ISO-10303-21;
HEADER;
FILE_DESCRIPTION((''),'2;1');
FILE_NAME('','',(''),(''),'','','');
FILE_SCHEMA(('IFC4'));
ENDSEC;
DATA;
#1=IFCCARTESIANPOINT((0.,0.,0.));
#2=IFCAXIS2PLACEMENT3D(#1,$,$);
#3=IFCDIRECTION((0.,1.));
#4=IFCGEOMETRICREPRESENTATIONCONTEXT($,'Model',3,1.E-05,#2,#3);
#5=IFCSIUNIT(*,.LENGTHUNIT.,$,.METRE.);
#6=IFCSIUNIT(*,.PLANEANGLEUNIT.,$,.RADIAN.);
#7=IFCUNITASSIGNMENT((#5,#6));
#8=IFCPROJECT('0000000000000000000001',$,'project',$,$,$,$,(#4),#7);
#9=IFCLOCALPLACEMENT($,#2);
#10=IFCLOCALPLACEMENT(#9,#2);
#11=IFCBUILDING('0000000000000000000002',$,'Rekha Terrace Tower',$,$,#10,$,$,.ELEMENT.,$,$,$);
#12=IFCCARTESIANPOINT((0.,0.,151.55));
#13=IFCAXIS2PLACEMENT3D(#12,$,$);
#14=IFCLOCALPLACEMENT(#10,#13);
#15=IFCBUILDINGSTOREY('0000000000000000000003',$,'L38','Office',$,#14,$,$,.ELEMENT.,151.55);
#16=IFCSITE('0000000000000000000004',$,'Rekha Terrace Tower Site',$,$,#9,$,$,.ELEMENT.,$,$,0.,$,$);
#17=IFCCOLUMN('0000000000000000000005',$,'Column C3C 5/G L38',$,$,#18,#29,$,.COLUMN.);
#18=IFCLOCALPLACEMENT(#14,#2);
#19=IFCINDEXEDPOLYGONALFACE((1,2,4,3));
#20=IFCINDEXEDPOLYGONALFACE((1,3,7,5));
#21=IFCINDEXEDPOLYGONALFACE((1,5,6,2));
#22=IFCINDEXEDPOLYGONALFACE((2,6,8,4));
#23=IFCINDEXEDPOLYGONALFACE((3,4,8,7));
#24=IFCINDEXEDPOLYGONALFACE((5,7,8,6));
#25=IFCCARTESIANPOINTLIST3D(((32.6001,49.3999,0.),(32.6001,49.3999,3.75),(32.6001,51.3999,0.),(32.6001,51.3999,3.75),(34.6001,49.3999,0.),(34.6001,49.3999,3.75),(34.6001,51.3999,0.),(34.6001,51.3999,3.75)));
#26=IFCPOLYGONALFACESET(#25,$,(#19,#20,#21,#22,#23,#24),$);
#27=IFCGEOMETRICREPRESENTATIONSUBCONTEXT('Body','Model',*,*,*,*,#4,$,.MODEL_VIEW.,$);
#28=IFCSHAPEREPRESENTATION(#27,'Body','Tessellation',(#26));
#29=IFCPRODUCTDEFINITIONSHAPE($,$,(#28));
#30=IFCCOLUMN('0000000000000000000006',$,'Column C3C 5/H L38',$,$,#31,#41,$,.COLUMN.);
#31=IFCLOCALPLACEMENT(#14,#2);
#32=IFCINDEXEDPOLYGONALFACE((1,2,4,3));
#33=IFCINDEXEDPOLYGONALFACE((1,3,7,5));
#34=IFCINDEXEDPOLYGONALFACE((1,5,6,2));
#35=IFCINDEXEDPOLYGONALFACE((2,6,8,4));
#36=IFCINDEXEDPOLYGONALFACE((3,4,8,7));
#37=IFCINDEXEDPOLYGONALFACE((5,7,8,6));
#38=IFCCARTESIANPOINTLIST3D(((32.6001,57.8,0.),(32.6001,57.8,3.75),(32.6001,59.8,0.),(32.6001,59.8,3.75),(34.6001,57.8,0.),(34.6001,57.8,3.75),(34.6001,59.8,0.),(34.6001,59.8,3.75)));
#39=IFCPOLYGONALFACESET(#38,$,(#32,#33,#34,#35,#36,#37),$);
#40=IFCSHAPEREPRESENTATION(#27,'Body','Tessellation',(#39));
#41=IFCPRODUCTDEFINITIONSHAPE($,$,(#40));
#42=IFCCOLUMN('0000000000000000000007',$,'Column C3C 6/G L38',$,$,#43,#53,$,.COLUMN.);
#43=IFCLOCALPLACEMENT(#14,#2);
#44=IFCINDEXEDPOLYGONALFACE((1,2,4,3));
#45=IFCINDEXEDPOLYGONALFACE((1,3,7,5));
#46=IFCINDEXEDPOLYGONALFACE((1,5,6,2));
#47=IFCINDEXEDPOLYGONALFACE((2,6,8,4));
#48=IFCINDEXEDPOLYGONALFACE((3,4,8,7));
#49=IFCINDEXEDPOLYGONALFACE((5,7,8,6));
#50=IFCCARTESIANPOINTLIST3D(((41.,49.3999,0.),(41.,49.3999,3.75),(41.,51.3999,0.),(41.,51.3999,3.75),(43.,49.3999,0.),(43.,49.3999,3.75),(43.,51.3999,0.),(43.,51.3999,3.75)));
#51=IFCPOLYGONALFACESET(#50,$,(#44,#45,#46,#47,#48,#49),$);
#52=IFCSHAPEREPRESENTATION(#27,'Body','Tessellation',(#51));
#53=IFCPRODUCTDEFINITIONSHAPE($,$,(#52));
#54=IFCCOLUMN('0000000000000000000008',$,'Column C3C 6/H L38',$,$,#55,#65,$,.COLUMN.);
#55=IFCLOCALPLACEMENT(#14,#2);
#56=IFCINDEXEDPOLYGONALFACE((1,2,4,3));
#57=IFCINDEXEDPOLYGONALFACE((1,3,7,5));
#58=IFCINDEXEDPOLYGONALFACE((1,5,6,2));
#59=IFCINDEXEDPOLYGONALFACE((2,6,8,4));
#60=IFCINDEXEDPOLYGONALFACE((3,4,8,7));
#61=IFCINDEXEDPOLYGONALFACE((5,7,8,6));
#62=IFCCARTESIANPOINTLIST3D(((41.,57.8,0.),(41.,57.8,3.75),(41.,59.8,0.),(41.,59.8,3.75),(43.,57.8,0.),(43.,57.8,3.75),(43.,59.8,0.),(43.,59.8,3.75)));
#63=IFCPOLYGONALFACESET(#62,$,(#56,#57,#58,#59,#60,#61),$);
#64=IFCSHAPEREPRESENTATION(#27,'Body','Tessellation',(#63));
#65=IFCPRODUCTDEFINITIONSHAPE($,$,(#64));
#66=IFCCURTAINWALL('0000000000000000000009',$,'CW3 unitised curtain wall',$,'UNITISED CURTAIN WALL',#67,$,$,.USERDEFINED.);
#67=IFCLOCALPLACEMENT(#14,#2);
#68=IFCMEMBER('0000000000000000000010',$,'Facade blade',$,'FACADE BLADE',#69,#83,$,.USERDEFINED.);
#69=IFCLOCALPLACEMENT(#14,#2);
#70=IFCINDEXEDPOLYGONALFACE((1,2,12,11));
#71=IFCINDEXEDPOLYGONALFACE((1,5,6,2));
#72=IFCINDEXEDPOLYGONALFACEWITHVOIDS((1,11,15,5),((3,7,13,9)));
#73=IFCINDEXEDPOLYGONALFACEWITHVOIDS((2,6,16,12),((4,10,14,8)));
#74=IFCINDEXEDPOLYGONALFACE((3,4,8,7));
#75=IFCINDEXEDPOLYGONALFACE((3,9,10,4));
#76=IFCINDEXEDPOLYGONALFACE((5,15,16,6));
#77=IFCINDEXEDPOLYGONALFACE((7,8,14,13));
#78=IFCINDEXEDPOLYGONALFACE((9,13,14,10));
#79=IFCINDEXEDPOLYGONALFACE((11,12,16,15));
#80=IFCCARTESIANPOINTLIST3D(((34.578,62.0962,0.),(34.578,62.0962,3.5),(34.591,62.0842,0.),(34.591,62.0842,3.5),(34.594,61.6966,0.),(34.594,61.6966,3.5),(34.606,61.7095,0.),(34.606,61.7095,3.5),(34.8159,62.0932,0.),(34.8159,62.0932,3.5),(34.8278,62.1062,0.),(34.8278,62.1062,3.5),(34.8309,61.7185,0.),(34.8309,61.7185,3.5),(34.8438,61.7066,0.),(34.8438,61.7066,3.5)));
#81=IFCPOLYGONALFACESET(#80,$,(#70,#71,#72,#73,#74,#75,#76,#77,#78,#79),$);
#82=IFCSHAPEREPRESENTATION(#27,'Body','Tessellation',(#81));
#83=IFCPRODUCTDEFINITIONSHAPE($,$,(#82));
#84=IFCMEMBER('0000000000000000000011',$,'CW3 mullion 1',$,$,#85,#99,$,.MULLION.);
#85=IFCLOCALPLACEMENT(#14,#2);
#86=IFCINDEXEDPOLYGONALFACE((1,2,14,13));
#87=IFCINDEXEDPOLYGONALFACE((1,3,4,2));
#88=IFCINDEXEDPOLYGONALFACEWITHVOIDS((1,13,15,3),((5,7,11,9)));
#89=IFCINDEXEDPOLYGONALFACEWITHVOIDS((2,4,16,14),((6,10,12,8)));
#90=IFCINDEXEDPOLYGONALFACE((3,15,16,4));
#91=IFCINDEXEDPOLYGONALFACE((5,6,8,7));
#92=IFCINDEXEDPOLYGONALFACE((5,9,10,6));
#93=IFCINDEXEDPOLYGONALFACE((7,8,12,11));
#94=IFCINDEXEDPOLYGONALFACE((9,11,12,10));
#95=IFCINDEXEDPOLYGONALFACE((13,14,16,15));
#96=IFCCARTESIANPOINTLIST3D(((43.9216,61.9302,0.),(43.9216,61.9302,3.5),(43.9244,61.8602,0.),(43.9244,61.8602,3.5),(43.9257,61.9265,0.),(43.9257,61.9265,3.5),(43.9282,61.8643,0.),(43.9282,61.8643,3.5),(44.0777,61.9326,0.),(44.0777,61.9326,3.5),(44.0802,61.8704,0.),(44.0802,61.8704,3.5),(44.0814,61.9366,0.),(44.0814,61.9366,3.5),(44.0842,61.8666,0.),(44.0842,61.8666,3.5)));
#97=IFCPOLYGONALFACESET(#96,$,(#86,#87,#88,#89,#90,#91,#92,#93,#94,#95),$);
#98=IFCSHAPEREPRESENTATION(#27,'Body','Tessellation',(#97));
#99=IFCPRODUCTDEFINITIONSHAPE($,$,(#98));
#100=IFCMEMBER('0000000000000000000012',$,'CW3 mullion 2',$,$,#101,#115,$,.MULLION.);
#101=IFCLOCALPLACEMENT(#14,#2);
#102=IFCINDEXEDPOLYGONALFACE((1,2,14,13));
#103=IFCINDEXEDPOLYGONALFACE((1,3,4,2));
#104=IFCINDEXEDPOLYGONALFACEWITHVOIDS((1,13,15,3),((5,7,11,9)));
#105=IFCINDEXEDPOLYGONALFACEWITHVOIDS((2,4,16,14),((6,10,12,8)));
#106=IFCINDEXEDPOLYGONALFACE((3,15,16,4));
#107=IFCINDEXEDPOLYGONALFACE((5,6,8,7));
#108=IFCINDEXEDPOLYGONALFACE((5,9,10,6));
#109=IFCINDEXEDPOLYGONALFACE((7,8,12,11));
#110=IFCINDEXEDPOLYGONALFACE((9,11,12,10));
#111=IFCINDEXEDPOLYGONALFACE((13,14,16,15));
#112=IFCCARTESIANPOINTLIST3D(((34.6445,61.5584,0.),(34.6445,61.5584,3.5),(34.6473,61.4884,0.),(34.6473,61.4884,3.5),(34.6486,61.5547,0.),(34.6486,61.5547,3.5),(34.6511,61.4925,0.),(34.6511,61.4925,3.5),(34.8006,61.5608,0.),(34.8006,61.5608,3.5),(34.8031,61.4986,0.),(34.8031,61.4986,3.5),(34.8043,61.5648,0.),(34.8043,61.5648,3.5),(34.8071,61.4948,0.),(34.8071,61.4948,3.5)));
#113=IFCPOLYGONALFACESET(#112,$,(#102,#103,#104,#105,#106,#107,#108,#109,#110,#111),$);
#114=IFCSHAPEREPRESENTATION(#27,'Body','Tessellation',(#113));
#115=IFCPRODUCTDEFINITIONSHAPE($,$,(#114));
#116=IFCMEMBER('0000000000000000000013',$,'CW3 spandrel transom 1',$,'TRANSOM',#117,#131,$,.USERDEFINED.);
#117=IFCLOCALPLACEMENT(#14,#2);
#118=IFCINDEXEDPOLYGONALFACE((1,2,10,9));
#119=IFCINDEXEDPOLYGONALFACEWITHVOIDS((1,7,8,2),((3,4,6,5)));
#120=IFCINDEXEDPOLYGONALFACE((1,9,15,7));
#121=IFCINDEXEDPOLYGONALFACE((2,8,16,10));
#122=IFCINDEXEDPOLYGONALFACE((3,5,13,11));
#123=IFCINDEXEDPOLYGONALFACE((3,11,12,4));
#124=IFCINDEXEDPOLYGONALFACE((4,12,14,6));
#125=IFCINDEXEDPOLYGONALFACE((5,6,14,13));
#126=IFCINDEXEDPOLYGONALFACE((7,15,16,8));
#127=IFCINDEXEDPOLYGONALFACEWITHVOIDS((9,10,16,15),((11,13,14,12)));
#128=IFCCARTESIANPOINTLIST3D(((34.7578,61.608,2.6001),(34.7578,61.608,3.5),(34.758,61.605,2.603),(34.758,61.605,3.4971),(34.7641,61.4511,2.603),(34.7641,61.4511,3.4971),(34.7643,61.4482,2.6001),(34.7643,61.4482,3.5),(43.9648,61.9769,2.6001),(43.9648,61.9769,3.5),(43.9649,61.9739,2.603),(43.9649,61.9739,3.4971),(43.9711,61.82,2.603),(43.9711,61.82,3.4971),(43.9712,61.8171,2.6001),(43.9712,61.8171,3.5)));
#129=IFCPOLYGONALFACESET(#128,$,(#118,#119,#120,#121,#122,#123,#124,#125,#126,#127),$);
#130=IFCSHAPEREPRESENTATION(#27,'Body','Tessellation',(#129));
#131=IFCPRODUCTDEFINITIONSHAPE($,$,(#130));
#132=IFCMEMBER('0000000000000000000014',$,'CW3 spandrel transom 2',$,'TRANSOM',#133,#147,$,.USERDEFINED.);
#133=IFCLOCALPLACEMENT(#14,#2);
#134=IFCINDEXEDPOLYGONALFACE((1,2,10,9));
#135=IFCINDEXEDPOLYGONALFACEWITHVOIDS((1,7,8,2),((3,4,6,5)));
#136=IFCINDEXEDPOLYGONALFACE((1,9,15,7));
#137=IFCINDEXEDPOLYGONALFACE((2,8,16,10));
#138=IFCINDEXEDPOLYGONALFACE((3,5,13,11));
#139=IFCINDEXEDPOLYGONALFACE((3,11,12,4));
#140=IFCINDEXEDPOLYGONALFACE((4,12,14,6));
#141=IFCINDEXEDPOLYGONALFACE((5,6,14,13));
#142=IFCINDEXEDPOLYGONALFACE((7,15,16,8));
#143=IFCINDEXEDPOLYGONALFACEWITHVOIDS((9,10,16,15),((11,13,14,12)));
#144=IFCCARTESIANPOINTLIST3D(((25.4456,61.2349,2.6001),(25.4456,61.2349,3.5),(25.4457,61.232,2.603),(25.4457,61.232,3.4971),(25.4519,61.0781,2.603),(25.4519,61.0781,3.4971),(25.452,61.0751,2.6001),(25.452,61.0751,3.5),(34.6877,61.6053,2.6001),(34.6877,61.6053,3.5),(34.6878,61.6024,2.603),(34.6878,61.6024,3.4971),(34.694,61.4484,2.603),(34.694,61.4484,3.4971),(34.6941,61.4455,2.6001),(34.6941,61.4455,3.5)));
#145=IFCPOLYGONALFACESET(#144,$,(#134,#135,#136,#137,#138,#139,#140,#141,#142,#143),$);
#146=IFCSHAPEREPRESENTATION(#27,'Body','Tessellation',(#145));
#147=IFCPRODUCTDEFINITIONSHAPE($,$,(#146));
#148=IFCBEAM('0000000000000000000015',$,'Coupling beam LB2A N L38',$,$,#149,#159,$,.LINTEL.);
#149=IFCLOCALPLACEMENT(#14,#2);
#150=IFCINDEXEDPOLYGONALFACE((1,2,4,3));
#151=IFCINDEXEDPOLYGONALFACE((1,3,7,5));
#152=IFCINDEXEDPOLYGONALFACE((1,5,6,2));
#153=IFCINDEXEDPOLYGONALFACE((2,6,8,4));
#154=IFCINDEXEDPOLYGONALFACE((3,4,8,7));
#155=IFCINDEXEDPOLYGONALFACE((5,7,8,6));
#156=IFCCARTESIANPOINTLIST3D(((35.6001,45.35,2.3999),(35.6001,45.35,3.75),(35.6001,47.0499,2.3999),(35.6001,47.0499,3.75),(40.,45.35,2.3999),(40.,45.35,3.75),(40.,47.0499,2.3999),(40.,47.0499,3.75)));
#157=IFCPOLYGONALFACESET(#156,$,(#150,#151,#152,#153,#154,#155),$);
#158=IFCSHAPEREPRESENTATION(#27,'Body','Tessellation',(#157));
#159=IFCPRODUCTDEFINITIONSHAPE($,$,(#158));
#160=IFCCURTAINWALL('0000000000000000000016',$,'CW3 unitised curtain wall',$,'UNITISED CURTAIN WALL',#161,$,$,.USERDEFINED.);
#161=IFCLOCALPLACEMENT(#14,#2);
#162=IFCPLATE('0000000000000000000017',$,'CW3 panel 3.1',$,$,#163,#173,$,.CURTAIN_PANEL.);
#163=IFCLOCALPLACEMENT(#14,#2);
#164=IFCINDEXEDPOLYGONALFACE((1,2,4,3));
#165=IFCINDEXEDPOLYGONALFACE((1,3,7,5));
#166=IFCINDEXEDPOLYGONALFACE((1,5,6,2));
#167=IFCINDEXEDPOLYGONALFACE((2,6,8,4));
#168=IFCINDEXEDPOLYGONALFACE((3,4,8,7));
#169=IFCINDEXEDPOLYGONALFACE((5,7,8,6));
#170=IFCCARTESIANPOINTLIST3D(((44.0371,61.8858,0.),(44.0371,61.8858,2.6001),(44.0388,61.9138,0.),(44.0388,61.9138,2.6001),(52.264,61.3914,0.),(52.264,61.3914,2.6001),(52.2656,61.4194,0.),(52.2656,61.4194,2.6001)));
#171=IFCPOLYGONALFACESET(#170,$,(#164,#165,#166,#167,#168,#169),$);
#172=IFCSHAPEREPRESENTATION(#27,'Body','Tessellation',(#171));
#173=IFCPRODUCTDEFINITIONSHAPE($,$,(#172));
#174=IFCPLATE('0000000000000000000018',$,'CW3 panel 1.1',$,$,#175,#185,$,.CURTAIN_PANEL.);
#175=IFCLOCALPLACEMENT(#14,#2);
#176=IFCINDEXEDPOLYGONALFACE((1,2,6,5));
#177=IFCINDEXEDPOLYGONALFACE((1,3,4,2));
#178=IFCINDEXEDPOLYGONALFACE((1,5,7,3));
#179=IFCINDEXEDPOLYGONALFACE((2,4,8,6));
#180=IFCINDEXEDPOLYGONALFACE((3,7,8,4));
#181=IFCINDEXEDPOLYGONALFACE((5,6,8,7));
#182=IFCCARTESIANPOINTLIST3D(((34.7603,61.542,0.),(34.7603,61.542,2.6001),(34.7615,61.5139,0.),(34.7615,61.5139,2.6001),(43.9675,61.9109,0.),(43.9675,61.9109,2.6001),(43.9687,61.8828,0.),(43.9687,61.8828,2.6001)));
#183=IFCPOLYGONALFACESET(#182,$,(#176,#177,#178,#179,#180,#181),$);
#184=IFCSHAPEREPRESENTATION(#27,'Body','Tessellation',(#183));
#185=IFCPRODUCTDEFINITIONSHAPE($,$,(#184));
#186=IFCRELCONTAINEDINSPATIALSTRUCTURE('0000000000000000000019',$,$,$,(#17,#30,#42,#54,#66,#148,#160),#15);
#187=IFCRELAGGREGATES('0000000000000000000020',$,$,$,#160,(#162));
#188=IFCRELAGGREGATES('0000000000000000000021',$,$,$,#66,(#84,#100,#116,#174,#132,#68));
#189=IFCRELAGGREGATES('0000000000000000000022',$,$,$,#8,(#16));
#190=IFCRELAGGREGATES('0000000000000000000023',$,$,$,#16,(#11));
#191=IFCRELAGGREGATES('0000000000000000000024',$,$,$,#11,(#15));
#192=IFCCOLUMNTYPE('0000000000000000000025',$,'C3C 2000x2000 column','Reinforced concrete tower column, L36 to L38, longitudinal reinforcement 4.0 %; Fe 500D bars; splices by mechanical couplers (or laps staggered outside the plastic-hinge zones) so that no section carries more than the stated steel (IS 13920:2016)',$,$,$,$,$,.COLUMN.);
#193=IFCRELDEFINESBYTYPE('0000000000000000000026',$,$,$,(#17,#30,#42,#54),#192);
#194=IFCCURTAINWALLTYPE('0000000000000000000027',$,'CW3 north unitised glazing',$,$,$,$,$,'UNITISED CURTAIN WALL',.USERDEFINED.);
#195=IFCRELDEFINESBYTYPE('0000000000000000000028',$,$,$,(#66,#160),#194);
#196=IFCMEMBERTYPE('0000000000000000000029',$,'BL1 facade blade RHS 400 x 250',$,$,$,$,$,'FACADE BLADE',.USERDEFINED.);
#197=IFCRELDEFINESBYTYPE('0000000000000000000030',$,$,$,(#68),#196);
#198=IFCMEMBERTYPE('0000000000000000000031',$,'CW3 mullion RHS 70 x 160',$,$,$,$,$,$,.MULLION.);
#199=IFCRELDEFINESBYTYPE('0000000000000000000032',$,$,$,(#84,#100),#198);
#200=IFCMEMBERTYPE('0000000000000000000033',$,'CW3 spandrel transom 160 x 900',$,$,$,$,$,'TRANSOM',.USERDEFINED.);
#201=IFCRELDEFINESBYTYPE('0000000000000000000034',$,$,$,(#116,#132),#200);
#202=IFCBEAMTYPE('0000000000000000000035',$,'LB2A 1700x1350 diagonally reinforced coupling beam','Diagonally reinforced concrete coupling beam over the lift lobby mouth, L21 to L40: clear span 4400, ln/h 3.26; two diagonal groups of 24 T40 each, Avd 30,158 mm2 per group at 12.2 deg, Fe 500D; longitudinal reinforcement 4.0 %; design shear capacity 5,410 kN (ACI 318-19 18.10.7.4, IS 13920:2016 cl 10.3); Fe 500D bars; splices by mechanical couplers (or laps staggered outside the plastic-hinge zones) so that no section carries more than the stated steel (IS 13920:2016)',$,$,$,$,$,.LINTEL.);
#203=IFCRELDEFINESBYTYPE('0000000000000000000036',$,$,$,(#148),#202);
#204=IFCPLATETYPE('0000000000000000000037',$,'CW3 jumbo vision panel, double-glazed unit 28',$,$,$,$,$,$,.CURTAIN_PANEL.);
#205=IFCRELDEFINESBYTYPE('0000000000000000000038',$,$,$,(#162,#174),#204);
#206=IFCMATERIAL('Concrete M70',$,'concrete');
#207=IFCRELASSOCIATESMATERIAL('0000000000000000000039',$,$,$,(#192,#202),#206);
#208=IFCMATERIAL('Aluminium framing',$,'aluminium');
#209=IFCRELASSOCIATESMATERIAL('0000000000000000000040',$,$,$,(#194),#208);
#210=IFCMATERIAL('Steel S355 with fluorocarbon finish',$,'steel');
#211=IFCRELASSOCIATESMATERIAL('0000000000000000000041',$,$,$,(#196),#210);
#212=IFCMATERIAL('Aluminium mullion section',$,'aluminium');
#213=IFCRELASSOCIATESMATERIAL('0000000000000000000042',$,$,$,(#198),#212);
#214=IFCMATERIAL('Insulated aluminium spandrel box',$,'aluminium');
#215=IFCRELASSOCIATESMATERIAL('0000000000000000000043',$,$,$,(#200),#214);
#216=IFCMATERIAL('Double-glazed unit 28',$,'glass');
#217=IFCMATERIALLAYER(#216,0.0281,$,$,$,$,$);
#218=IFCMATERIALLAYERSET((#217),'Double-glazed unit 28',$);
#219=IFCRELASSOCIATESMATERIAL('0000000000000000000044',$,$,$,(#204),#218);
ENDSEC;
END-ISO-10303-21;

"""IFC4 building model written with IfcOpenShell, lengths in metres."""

from ifc_helpers import new_model, si_unit, direction, frame, origin, origin_2d, place, context, subcontext, project, spatial, rectangle, hollow_rectangle, extrude, material, layer, layer_set, material_profile, profile_set, type_object, element, aggregate, save


model = new_model("IFC4")

# Units and contexts
model_context = context("Model", 3, precision=1e-05, world=origin(), true_north=direction((0.0, 1.0)))
body_context = subcontext(model_context, "Body", "Model", "MODEL_VIEW")
ifc_project = project(units=[si_unit("LENGTHUNIT", "METRE"), si_unit("PLANEANGLEUNIT", "RADIAN")], contexts=[model_context])

# Site, building, storey
site_placement = place(None, origin())
site = spatial("IfcSite", under=ifc_project, at=site_placement, Name="Rekha Terrace Tower Site", CompositionType="ELEMENT", RefElevation=0.0)
building_placement = place(site_placement, origin())
building = spatial("IfcBuilding", under=site, at=building_placement, Name="Rekha Terrace Tower", CompositionType="ELEMENT")
storey_placement = place(building_placement, frame((0.0, 0.0, 151.55)))
storey = spatial("IfcBuildingStorey", under=building, at=storey_placement, Name="L38", Description="Office", CompositionType="ELEMENT", Elevation=151.55)

# Columns
ifc_material_1 = material(Name="Concrete M70", Category="concrete")
ifc_material_profile_1 = material_profile(ifc_material_1, rectangle(XDim=2.0, YDim=2.0, at=origin_2d()), Name="RC 2000x2000")
ifc_profile_set_1 = profile_set([ifc_material_profile_1], Name="Concrete M70")
column_type = type_object("IfcColumnType", Name="C3C 2000x2000 column", Description="Reinforced concrete tower column, L36 to L38, longitudinal reinforcement 4.0 %; Fe 500D bars; splices by mechanical couplers (or laps staggered outside the plastic-hinge zones) so that no section carries more than the stated steel (IS 13920:2016)", PredefinedType="COLUMN", material=ifc_profile_set_1)
for number, where, z_axis, x_axis, name in (
    (1, (33.6001, 50.3999, 0.0), (0.0, 0.0, 1.0), (1.0, 0.0, 0.0), "Column C3C 5/G L38"),
    (2, (33.6001, 58.8, 0.0), (0.0, 0.0, 1.0), (1.0, 0.0, 0.0), "Column C3C 5/H L38"),
    (3, (42.0, 50.3999, 0.0), (0.0, 0.0, 1.0), (1.0, 0.0, 0.0), "Column C3C 6/G L38"),
    (4, (42.0, 58.8, 0.0), (0.0, 0.0, 1.0), (1.0, 0.0, 0.0), "Column C3C 6/H L38"),
):
    element("IfcColumn", number, at=place(storey_placement, frame(where, z_axis=z_axis, x_axis=x_axis)), inside=storey, type_object=column_type, Name=name, PredefinedType="COLUMN", context=body_context, shape_type="SweptSolid", body=[
        extrude(rectangle(XDim=2.0, YDim=2.0, at=origin_2d()), origin(), (0.0, 0.0, 1.0), 3.75),
    ])

# Curtain wall, members
ifc_material_2 = material(Name="Aluminium framing", Category="aluminium")
curtain_wall_type = type_object("IfcCurtainWallType", Name="CW3 north unitised glazing", ElementType="UNITISED CURTAIN WALL", PredefinedType="USERDEFINED", material=ifc_material_2)
curtain_wall_1_placement = place(storey_placement, origin())
curtain_wall_1 = element("IfcCurtainWall", 5, at=curtain_wall_1_placement, inside=storey, type_object=curtain_wall_type, Name="CW3 unitised curtain wall", ObjectType="UNITISED CURTAIN WALL", PredefinedType="USERDEFINED")
ifc_material_3 = material(Name="Steel S355 with fluorocarbon finish", Category="steel")
ifc_material_profile_2 = material_profile(ifc_material_3, hollow_rectangle(XDim=0.25, YDim=0.3999, WallThickness=0.0125, at=origin_2d()), Name="RHS400x250x12.5")
ifc_profile_set_2 = profile_set([ifc_material_profile_2], Name="Steel S355 with fluorocarbon finish")
member_type_1 = type_object("IfcMemberType", Name="BL1 facade blade RHS 400 x 250", ElementType="FACADE BLADE", PredefinedType="USERDEFINED", material=ifc_profile_set_2)
member_1_placement = place(storey_placement, frame((34.7109, 61.9014, 0.0), z_axis=(0.0, 0.0, 1.0), x_axis=(-0.999198, -0.040032, 0.0)))
member_1 = element("IfcMember", 6, at=member_1_placement, type_object=member_type_1, Name="Facade blade", ObjectType="FACADE BLADE", PredefinedType="USERDEFINED", context=body_context, shape_type="SweptSolid", body=[
    extrude(hollow_rectangle(XDim=0.25, YDim=0.3999, WallThickness=0.0125, at=origin_2d()), origin(), (0.0, 0.0, 1.0), 3.5),
])
ifc_material_4 = material(Name="Aluminium mullion section", Category="aluminium")
ifc_material_profile_3 = material_profile(ifc_material_4, hollow_rectangle(XDim=0.0701, YDim=0.1599, WallThickness=0.0039, at=origin_2d()), Name="AL RHS 70x160")
ifc_profile_set_3 = profile_set([ifc_material_profile_3], Name="Aluminium mullion section")
member_type_2 = type_object("IfcMemberType", Name="CW3 mullion RHS 70 x 160", PredefinedType="MULLION", material=ifc_profile_set_3)
member_2_placement = place(storey_placement, frame((44.0029, 61.8984, 0.0), z_axis=(0.0, 0.0, 1.0), x_axis=(0.040032, -0.999198, 0.0)))
member_2 = element("IfcMember", 7, at=member_2_placement, type_object=member_type_2, Name="CW3 mullion 1", PredefinedType="MULLION", context=body_context, shape_type="SweptSolid", body=[
    extrude(hollow_rectangle(XDim=0.0701, YDim=0.1599, WallThickness=0.0039, at=origin_2d()), origin(), (0.0, 0.0, 1.0), 3.5),
])
member_3_placement = place(storey_placement, frame((34.7258, 61.5266, 0.0), z_axis=(0.0, 0.0, 1.0), x_axis=(0.040032, -0.999198, 0.0)))
member_3 = element("IfcMember", 8, at=member_3_placement, type_object=member_type_2, Name="CW3 mullion 2", PredefinedType="MULLION", context=body_context, shape_type="SweptSolid", body=[
    extrude(hollow_rectangle(XDim=0.0701, YDim=0.1599, WallThickness=0.0039, at=origin_2d()), origin(), (0.0, 0.0, 1.0), 3.5),
])
ifc_material_5 = material(Name="Insulated aluminium spandrel box", Category="aluminium")
ifc_material_profile_4 = material_profile(ifc_material_5, hollow_rectangle(XDim=0.1599, YDim=0.8999, WallThickness=0.0029, at=origin_2d()), Name="AL SPANDREL BOX 160x900")
ifc_profile_set_4 = profile_set([ifc_material_profile_4], Name="Insulated aluminium spandrel box")
member_type_3 = type_object("IfcMemberType", Name="CW3 spandrel transom 160 x 900", ElementType="TRANSOM", PredefinedType="USERDEFINED", material=ifc_profile_set_4)
member_4_placement = place(storey_placement, frame((43.968, 61.897, 3.05), z_axis=(-0.999198, -0.040035, 0.0), x_axis=(0.040035, -0.999198, 0.0)))
member_4 = element("IfcMember", 9, at=member_4_placement, type_object=member_type_3, Name="CW3 spandrel transom 1", ObjectType="TRANSOM", PredefinedType="USERDEFINED", context=body_context, shape_type="SweptSolid", body=[
    extrude(hollow_rectangle(XDim=0.1599, YDim=0.8999, WallThickness=0.0029, at=origin_2d()), origin(), (0.0, 0.0, 1.0), 9.2144),
])
member_5_placement = place(storey_placement, frame((34.6909, 61.5254, 3.05), z_axis=(-0.999198, -0.040041, 0.0), x_axis=(0.040041, -0.999198, 0.0)))
member_5 = element("IfcMember", 10, at=member_5_placement, type_object=member_type_3, Name="CW3 spandrel transom 2", ObjectType="TRANSOM", PredefinedType="USERDEFINED", context=body_context, shape_type="SweptSolid", body=[
    extrude(hollow_rectangle(XDim=0.1599, YDim=0.8999, WallThickness=0.0029, at=origin_2d()), origin(), (0.0, 0.0, 1.0), 9.2495),
])

# Beam
ifc_material_profile_5 = material_profile(ifc_material_1, rectangle(XDim=1.7, YDim=1.3501, at=origin_2d()), Name="RC 1700x1350")
ifc_profile_set_5 = profile_set([ifc_material_profile_5], Name="Concrete M70")
beam_type = type_object("IfcBeamType", Name="LB2A 1700x1350 diagonally reinforced coupling beam", Description="Diagonally reinforced concrete coupling beam over the lift lobby mouth, L21 to L40: clear span 4400, ln/h 3.26; two diagonal groups of 24 T40 each, Avd 30,158 mm2 per group at 12.2 deg, Fe 500D; longitudinal reinforcement 4.0 %; design shear capacity 5,410 kN (ACI 318-19 18.10.7.4, IS 13920:2016 cl 10.3); Fe 500D bars; splices by mechanical couplers (or laps staggered outside the plastic-hinge zones) so that no section carries more than the stated steel (IS 13920:2016)", PredefinedType="LINTEL", material=ifc_profile_set_5)
beam_placement = place(storey_placement, frame((35.6001, 46.2, 3.075), z_axis=(1.0, 0.0, 0.0), x_axis=(0.0, 1.0, 0.0)))
element("IfcBeam", 11, at=beam_placement, inside=storey, type_object=beam_type, Name="Coupling beam LB2A N L38", PredefinedType="LINTEL", context=body_context, shape_type="SweptSolid", body=[
    extrude(rectangle(XDim=1.7, YDim=1.3501, at=origin_2d()), origin(), (0.0, 0.0, 1.0), 4.3999),
])

# Curtain wall, plate
curtain_wall_2_placement = place(storey_placement, origin())
curtain_wall_2 = element("IfcCurtainWall", 12, at=curtain_wall_2_placement, inside=storey, type_object=curtain_wall_type, Name="CW3 unitised curtain wall", ObjectType="UNITISED CURTAIN WALL", PredefinedType="USERDEFINED")
ifc_material_6 = material(Name="Double-glazed unit 28", Category="glass")
ifc_layer_1 = layer(ifc_material_6, 0.0281)
ifc_layer_set_1 = layer_set([ifc_layer_1], Name="Double-glazed unit 28")
plate_type = type_object("IfcPlateType", Name="CW3 jumbo vision panel, double-glazed unit 28", PredefinedType="CURTAIN_PANEL", material=ifc_layer_set_1)
plate_1_placement = place(storey_placement, frame((48.1514, 61.6526, 0.0), z_axis=(0.0, 0.0, 1.0), x_axis=(-0.998199, 0.059988, 0.0)))
plate_1 = element("IfcPlate", 13, at=plate_1_placement, type_object=plate_type, Name="CW3 panel 3.1", PredefinedType="CURTAIN_PANEL", context=body_context, shape_type="SweptSolid", body=[
    extrude(rectangle(XDim=8.2417, YDim=0.0281, at=origin_2d()), origin(), (0.0, 0.0, 1.0), 2.6001),
])
aggregate(curtain_wall_2, [plate_1])

# Plate
plate_2_placement = place(storey_placement, frame((39.3645, 61.7124, 0.0), z_axis=(0.0, 0.0, 1.0), x_axis=(-0.999198, -0.040032, 0.0)))
plate_2 = element("IfcPlate", 14, at=plate_2_placement, type_object=plate_type, Name="CW3 panel 1.1", PredefinedType="CURTAIN_PANEL", context=body_context, shape_type="SweptSolid", body=[
    extrude(rectangle(XDim=9.2146, YDim=0.0281, at=origin_2d()), origin(), (0.0, 0.0, 1.0), 2.6001),
])
aggregate(curtain_wall_1, [member_2, member_3, member_4, plate_2, member_5, member_1])

save(model, "model.ifc")
